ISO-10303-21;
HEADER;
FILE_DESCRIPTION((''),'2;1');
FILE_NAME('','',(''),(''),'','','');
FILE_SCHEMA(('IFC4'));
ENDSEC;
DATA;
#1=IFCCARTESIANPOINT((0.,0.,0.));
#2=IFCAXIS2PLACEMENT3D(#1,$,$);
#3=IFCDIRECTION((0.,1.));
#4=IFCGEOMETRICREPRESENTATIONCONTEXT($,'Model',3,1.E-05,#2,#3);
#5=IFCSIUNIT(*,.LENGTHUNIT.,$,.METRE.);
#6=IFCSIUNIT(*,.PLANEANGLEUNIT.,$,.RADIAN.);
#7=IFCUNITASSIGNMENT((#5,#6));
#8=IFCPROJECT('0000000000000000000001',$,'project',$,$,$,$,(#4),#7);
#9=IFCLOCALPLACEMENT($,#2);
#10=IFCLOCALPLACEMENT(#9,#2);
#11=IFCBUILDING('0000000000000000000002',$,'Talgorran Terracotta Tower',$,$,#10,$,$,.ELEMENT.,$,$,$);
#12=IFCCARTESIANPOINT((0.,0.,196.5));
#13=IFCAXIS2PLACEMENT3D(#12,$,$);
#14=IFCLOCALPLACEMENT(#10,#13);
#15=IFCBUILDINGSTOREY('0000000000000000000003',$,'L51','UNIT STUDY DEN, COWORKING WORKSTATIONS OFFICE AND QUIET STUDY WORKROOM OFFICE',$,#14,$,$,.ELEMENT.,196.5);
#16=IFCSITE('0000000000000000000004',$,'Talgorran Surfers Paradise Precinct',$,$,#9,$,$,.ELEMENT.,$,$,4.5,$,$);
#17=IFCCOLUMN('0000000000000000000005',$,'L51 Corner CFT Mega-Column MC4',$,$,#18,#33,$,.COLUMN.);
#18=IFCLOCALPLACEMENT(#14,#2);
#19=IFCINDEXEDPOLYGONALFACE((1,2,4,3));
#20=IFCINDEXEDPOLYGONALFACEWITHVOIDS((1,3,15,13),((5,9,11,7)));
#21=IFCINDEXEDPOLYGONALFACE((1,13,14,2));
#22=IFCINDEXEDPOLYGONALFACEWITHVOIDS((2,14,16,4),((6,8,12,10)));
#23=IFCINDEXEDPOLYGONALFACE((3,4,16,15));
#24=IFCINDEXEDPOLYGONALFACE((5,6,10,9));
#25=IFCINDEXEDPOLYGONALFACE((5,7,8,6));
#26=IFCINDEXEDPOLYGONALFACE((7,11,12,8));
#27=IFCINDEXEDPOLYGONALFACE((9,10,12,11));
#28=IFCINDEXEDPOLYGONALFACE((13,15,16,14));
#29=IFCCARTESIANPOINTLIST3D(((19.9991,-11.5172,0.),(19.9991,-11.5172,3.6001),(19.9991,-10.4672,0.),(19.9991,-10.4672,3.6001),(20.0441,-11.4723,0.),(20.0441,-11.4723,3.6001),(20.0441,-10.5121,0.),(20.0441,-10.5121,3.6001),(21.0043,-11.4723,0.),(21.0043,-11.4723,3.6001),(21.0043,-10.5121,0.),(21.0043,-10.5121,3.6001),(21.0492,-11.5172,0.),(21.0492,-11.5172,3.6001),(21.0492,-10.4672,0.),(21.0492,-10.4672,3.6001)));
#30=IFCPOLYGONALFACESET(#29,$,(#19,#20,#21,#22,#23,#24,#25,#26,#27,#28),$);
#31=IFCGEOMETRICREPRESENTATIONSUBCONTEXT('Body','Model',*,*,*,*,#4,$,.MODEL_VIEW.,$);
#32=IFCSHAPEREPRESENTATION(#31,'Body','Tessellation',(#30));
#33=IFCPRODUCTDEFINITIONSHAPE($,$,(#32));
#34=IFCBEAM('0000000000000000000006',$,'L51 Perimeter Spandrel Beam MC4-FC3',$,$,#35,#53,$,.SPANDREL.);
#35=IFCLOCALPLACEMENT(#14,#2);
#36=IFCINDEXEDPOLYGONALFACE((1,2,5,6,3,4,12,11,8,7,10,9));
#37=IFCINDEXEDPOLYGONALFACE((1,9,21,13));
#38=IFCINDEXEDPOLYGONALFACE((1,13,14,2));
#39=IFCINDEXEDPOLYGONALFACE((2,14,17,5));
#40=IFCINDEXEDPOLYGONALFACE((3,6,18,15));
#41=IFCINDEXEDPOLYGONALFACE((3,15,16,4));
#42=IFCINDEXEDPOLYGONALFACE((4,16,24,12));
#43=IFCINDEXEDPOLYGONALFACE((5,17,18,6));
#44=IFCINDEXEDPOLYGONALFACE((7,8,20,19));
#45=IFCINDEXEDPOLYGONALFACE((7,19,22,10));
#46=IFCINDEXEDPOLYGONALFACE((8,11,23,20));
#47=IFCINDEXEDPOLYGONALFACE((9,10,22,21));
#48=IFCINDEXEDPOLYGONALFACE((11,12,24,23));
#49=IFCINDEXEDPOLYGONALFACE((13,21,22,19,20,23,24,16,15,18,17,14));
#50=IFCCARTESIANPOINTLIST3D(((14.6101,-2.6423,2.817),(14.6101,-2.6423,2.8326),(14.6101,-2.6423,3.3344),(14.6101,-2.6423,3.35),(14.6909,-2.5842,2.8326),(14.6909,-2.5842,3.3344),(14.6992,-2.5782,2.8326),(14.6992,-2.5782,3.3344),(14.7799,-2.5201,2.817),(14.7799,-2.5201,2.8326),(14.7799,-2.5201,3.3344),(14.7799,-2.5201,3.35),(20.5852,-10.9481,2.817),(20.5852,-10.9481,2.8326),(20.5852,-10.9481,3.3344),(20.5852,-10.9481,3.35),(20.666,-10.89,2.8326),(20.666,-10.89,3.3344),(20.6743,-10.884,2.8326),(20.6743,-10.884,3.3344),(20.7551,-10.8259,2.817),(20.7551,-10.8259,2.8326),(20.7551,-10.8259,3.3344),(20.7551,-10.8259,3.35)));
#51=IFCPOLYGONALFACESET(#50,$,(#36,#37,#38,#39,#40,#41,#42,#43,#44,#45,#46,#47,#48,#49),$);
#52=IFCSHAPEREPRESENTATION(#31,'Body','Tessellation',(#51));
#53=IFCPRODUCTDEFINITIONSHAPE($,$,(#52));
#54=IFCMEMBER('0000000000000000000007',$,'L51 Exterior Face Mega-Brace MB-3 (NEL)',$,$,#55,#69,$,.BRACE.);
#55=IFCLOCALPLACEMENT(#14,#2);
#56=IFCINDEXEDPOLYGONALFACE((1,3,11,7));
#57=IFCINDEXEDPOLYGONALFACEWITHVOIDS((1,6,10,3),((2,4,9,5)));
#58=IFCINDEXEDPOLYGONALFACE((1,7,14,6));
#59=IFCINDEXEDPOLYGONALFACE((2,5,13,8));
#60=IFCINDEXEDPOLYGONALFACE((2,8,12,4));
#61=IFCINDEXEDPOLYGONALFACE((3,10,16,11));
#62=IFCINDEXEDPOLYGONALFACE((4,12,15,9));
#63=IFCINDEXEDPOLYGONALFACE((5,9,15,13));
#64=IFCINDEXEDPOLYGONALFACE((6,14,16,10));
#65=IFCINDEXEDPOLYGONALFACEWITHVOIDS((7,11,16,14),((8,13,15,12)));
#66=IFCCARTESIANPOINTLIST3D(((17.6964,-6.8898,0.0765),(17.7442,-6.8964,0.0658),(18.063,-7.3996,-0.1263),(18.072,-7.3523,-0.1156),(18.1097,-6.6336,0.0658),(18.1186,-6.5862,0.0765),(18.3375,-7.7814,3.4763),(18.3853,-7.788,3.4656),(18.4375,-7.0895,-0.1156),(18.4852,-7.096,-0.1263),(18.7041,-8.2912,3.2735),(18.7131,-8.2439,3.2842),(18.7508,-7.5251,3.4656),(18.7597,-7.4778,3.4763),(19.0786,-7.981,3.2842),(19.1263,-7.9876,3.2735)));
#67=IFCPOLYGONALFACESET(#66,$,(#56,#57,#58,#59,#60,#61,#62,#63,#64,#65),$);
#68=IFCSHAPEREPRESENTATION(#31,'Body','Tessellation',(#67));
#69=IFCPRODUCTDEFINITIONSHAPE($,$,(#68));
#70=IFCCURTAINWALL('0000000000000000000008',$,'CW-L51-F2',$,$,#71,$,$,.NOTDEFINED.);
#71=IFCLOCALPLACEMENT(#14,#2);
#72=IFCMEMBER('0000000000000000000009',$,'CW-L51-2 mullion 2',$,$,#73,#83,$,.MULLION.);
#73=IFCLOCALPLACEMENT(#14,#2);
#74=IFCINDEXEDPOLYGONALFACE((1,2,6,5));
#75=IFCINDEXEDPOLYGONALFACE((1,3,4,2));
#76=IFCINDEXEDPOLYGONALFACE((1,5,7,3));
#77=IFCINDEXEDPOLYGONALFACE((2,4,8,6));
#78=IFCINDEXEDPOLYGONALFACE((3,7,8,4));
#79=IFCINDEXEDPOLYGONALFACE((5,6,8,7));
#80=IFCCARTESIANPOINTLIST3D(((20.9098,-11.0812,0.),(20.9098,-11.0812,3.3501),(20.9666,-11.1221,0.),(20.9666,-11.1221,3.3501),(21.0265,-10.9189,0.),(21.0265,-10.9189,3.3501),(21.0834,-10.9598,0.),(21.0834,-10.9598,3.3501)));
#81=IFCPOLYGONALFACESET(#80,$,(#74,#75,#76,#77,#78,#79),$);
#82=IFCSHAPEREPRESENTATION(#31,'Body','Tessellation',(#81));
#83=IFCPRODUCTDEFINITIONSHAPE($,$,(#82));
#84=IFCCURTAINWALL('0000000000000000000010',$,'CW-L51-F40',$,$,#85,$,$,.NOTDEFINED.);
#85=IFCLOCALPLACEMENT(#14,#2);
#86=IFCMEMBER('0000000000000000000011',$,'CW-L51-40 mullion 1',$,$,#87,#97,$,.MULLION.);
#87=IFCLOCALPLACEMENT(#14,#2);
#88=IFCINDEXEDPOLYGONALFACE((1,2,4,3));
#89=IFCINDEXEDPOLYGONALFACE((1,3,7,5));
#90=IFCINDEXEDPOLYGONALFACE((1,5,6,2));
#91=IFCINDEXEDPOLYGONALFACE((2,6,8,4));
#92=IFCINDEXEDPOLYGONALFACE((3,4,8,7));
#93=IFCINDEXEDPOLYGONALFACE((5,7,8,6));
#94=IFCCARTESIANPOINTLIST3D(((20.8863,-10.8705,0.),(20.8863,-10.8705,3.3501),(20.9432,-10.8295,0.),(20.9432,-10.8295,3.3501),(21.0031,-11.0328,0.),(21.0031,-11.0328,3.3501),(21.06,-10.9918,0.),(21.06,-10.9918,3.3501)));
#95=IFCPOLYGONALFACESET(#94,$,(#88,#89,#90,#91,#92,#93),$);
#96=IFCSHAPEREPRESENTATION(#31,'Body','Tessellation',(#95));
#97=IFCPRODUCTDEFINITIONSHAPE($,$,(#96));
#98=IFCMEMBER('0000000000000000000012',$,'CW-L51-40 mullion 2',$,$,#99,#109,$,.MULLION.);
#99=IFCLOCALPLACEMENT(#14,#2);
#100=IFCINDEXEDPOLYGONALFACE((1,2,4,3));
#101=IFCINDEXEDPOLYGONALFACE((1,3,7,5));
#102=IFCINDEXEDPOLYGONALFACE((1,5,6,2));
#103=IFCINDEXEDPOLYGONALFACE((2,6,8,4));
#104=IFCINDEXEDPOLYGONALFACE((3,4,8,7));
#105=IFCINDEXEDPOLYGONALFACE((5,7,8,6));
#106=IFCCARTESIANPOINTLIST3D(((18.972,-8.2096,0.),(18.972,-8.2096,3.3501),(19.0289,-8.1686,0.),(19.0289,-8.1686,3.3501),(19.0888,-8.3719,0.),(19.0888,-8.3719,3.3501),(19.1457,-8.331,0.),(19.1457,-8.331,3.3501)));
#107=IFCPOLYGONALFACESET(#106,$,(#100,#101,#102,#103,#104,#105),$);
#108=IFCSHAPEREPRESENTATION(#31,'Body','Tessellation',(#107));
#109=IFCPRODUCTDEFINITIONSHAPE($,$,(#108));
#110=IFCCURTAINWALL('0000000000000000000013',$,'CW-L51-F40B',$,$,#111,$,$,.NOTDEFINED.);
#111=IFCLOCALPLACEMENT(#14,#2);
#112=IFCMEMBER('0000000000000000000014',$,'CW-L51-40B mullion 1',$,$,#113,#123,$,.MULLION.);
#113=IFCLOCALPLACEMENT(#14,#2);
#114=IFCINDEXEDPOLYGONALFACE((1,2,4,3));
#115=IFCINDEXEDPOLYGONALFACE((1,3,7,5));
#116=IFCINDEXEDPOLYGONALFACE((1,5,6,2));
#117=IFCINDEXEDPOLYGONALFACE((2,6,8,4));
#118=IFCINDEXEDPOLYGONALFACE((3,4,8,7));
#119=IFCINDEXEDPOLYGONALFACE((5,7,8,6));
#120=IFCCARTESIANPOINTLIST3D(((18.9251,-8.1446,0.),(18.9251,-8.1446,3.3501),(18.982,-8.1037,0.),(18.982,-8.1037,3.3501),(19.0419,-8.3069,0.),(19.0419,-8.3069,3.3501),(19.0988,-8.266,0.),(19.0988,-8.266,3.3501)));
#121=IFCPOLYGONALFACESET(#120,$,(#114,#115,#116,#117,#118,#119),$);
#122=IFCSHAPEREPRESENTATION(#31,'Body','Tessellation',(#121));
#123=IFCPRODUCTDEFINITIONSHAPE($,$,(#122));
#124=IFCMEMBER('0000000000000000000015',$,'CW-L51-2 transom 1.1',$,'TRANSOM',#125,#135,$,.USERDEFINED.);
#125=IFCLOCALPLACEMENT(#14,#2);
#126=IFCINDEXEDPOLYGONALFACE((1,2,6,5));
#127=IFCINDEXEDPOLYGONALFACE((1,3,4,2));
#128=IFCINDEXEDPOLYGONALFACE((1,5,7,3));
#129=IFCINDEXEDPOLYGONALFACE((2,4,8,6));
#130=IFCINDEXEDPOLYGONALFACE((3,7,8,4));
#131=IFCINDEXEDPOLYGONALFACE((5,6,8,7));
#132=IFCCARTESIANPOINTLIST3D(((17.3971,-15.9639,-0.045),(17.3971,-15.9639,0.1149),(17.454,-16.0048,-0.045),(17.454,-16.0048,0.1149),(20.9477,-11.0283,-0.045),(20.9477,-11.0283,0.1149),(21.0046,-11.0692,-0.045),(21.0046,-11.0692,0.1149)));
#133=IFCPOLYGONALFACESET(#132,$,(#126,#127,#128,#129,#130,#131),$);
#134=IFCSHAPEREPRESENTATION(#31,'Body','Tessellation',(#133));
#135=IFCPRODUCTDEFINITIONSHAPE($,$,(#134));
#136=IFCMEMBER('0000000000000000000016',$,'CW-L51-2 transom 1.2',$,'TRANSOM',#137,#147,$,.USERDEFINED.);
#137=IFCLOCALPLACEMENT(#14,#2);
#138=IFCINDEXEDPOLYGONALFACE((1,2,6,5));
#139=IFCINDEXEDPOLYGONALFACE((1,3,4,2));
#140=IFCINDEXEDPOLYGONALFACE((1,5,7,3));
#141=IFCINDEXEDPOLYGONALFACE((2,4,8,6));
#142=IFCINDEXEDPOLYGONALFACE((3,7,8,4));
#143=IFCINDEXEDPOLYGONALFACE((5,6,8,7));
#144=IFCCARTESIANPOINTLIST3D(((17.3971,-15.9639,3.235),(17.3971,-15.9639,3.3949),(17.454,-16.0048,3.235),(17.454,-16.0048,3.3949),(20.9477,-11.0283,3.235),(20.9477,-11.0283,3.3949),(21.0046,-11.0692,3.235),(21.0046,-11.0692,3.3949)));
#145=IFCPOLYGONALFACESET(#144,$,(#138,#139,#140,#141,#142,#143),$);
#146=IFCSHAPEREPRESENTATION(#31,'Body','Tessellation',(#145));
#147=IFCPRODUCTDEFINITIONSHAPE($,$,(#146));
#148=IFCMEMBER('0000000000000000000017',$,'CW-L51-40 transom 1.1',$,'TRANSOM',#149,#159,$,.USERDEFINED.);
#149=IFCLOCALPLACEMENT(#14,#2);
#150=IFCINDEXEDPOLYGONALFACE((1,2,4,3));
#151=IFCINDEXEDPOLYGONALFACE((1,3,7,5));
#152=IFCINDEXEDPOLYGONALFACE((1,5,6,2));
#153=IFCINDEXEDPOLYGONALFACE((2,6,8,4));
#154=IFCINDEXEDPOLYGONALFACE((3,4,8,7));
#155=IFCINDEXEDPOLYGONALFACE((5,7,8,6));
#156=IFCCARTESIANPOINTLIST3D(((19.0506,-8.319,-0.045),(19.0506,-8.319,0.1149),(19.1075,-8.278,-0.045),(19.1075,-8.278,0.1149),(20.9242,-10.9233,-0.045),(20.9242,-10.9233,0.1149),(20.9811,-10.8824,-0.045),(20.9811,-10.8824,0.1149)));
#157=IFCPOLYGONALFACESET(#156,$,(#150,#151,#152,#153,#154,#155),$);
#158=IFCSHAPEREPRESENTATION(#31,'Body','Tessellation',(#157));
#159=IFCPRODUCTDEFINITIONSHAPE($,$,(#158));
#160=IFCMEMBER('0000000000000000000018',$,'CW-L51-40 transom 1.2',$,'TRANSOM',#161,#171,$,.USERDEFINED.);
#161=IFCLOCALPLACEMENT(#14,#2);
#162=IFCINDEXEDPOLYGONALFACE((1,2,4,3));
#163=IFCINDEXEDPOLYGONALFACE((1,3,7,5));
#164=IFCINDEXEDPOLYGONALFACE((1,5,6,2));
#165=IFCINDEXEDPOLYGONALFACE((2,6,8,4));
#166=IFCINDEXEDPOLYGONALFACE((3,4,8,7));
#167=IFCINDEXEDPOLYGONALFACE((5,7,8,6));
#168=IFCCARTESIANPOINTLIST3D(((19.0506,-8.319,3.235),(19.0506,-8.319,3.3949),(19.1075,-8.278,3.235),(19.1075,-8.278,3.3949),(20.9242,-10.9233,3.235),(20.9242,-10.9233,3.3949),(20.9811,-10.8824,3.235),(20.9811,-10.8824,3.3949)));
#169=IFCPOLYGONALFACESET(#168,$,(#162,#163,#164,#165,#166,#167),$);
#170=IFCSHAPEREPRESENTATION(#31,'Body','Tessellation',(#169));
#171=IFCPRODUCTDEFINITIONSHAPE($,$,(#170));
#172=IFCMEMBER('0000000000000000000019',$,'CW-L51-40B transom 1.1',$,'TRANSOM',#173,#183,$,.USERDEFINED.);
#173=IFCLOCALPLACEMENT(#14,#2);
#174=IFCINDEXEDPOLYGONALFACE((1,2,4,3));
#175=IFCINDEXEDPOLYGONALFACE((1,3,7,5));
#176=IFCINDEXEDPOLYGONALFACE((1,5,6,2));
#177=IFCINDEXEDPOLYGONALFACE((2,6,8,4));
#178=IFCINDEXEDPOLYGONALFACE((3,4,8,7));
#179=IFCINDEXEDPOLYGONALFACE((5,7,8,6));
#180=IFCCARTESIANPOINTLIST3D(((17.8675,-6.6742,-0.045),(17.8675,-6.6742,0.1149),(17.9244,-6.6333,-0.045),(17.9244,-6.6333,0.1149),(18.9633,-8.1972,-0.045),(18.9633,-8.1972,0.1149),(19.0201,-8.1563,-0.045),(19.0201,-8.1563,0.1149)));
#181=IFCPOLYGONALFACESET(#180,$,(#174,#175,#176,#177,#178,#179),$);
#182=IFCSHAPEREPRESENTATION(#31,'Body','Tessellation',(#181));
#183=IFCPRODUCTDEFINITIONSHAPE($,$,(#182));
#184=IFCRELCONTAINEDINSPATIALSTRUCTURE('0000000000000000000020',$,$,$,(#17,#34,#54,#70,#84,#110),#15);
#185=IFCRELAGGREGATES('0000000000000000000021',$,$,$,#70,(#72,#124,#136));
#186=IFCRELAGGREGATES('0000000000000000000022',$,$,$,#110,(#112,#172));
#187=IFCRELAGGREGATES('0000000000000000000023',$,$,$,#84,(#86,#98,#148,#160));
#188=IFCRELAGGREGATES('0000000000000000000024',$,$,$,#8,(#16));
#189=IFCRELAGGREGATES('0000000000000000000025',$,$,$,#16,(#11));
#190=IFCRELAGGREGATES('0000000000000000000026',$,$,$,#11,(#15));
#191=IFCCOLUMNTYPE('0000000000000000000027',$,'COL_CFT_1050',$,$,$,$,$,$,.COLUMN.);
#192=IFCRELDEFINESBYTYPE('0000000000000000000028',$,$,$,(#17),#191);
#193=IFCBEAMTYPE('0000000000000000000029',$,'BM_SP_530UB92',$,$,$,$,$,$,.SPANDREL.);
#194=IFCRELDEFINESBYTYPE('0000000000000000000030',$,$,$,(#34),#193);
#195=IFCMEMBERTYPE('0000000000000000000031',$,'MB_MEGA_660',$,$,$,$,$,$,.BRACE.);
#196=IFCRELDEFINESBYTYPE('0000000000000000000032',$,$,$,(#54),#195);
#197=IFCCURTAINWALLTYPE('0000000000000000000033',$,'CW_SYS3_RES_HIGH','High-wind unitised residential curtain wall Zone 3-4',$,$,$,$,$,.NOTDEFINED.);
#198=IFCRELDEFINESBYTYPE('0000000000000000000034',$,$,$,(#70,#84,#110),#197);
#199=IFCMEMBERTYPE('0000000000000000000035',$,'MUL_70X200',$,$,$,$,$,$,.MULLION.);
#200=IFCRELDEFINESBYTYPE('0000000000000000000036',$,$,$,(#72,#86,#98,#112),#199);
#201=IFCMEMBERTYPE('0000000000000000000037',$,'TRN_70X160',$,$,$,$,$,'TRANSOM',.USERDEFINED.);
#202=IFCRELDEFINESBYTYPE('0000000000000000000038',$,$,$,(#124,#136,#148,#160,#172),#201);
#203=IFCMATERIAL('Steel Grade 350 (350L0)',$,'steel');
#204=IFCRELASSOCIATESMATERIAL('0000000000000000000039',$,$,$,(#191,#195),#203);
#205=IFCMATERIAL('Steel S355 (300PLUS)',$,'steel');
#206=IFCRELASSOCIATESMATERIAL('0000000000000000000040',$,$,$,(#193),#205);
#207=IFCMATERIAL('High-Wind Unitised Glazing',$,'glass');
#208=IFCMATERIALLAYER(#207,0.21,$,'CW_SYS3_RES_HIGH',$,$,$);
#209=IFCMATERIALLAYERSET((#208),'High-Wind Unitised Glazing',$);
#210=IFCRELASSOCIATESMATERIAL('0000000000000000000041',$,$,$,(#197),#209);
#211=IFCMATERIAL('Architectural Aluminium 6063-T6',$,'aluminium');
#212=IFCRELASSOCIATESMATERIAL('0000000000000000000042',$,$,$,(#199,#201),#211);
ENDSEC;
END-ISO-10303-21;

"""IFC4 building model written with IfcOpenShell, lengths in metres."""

from ifc_helpers import new_model, si_unit, direction, frame, origin, origin_2d, place, context, subcontext, project, spatial, rectangle, hollow_rectangle, i_section, extrude, material, layer, layer_set, material_profile, profile_set, type_object, element, aggregate, save


model = new_model("IFC4")

# Units and contexts
model_context = context("Model", 3, precision=1e-05, world=origin(), true_north=direction((0.0, 1.0)))
body_context = subcontext(model_context, "Body", "Model", "MODEL_VIEW")
ifc_project = project(units=[si_unit("LENGTHUNIT", "METRE"), si_unit("PLANEANGLEUNIT", "RADIAN")], contexts=[model_context])

# Site, building, storey
site_placement = place(None, origin())
site = spatial("IfcSite", under=ifc_project, at=site_placement, Name="Talgorran Surfers Paradise Precinct", CompositionType="ELEMENT", RefElevation=4.5)
building_placement = place(site_placement, origin())
building = spatial("IfcBuilding", under=site, at=building_placement, Name="Talgorran Terracotta Tower", CompositionType="ELEMENT")
storey_placement = place(building_placement, frame((0.0, 0.0, 196.5)))
storey = spatial("IfcBuildingStorey", under=building, at=storey_placement, Name="L51", Description="UNIT STUDY DEN, COWORKING WORKSTATIONS OFFICE AND QUIET STUDY WORKROOM OFFICE", CompositionType="ELEMENT", Elevation=196.5)

# Column
ifc_material_1 = material(Name="Steel Grade 350 (350L0)", Category="steel")
ifc_material_profile_1 = material_profile(ifc_material_1, hollow_rectangle(XDim=1.05, YDim=1.05, WallThickness=0.0449, at=origin_2d()), Name="CFT1050X1050X45")
ifc_profile_set_1 = profile_set([ifc_material_profile_1], Name="Steel Grade 350 (350L0)")
column_type = type_object("IfcColumnType", Name="COL_CFT_1050", PredefinedType="COLUMN", material=ifc_profile_set_1)
column_placement = place(storey_placement, frame((20.5242, -10.9922, 0.0), z_axis=(0.0, 0.0, 1.0), x_axis=(1.0, 0.0, 0.0)))
element("IfcColumn", 1, at=column_placement, inside=storey, type_object=column_type, Name="L51 Corner CFT Mega-Column MC4", PredefinedType="COLUMN", context=body_context, shape_type="SweptSolid", body=[
    extrude(hollow_rectangle(XDim=1.05, YDim=1.05, WallThickness=0.0449, at=origin_2d()), origin(), (0.0, 0.0, 1.0), 3.6001),
])

# Beam
ifc_material_2 = material(Name="Steel S355 (300PLUS)", Category="steel")
ifc_material_profile_2 = material_profile(ifc_material_2, i_section(OverallWidth=0.2092, OverallDepth=0.533, WebThickness=0.0103, FlangeThickness=0.0156, at=origin_2d()), Name="530UB92.4")
ifc_profile_set_2 = profile_set([ifc_material_profile_2], Name="Steel S355 (300PLUS)")
beam_type = type_object("IfcBeamType", Name="BM_SP_530UB92", PredefinedType="SPANDREL", material=ifc_profile_set_2)
beam_placement = place(storey_placement, frame((20.6702, -10.887, 3.0835), z_axis=(-0.583984, 0.811765, 0.0), x_axis=(-0.811765, -0.583984, 0.0)))
element("IfcBeam", 2, at=beam_placement, inside=storey, type_object=beam_type, Name="L51 Perimeter Spandrel Beam MC4-FC3", PredefinedType="SPANDREL", context=body_context, shape_type="SweptSolid", body=[
    extrude(i_section(OverallWidth=0.2092, OverallDepth=0.533, WebThickness=0.0103, FlangeThickness=0.0156, at=origin_2d()), origin(), (0.0, 0.0, 1.0), 10.2317),
])

# Member
ifc_material_profile_3 = material_profile(ifc_material_1, hollow_rectangle(XDim=0.52, YDim=0.6599, WallThickness=0.0349, at=origin_2d()), Name="WBOX660X520X35")
ifc_profile_set_3 = profile_set([ifc_material_profile_3], Name="Steel Grade 350 (350L0)")
member_type_1 = type_object("IfcMemberType", Name="MB_MEGA_660", PredefinedType="BRACE", material=ifc_profile_set_3)
member_1_placement = place(storey_placement, frame((18.0908, -6.9929, -0.0249), z_axis=(0.17944, -0.249549, 0.951592), x_axis=(0.811897, 0.583801, 0.0)))
element("IfcMember", 3, at=member_1_placement, inside=storey, type_object=member_type_1, Name="L51 Exterior Face Mega-Brace MB-3 (NEL)", PredefinedType="BRACE", context=body_context, shape_type="SweptSolid", body=[
    extrude(hollow_rectangle(XDim=0.52, YDim=0.6599, WallThickness=0.0349, at=origin_2d()), origin(), (0.0, 0.0, 1.0), 3.5728),
])

# Curtain wall, member
ifc_material_3 = material(Name="High-Wind Unitised Glazing", Category="glass")
ifc_layer_1 = layer(ifc_material_3, 0.21, Name="CW_SYS3_RES_HIGH")
ifc_layer_set_1 = layer_set([ifc_layer_1], Name="High-Wind Unitised Glazing")
curtain_wall_type = type_object("IfcCurtainWallType", Name="CW_SYS3_RES_HIGH", Description="High-wind unitised residential curtain wall Zone 3-4", PredefinedType="NOTDEFINED", material=ifc_layer_set_1)
curtain_wall_1_placement = place(storey_placement, origin())
curtain_wall_1 = element("IfcCurtainWall", 4, at=curtain_wall_1_placement, inside=storey, type_object=curtain_wall_type, Name="CW-L51-F2", PredefinedType="NOTDEFINED")
ifc_material_4 = material(Name="Architectural Aluminium 6063-T6", Category="aluminium")
ifc_material_profile_4 = material_profile(ifc_material_4, rectangle(XDim=0.0701, YDim=0.2, at=origin_2d()), Name="CWM70X200")
ifc_profile_set_4 = profile_set([ifc_material_profile_4], Name="Architectural Aluminium 6063-T6")
member_type_2 = type_object("IfcMemberType", Name="MUL_70X200", PredefinedType="MULLION", material=ifc_profile_set_4)
member_2_placement = place(storey_placement, frame((20.9966, -11.0205, 0.0), z_axis=(0.0, 0.0, 1.0), x_axis=(-0.811769, 0.583979, 0.0)))
member_2 = element("IfcMember", 5, at=member_2_placement, type_object=member_type_2, Name="CW-L51-2 mullion 2", PredefinedType="MULLION", context=body_context, shape_type="SweptSolid", body=[
    extrude(rectangle(XDim=0.0701, YDim=0.2, at=origin_2d()), origin(), (0.0, 0.0, 1.0), 3.3501),
])

# Curtain wall, members
curtain_wall_2_placement = place(storey_placement, origin())
curtain_wall_2 = element("IfcCurtainWall", 6, at=curtain_wall_2_placement, inside=storey, type_object=curtain_wall_type, Name="CW-L51-F40", PredefinedType="NOTDEFINED")
member_3_placement = place(storey_placement, frame((20.9731, -10.9312, 0.0), z_axis=(0.0, 0.0, 1.0), x_axis=(-0.811763, -0.583987, 0.0)))
member_3 = element("IfcMember", 7, at=member_3_placement, type_object=member_type_2, Name="CW-L51-40 mullion 1", PredefinedType="MULLION", context=body_context, shape_type="SweptSolid", body=[
    extrude(rectangle(XDim=0.0701, YDim=0.2, at=origin_2d()), origin(), (0.0, 0.0, 1.0), 3.3501),
])
member_4_placement = place(storey_placement, frame((19.0588, -8.2703, 0.0), z_axis=(0.0, 0.0, 1.0), x_axis=(-0.811763, -0.583987, 0.0)))
member_4 = element("IfcMember", 8, at=member_4_placement, type_object=member_type_2, Name="CW-L51-40 mullion 2", PredefinedType="MULLION", context=body_context, shape_type="SweptSolid", body=[
    extrude(rectangle(XDim=0.0701, YDim=0.2, at=origin_2d()), origin(), (0.0, 0.0, 1.0), 3.3501),
])

# Curtain wall, member
curtain_wall_3_placement = place(storey_placement, origin())
curtain_wall_3 = element("IfcCurtainWall", 9, at=curtain_wall_3_placement, inside=storey, type_object=curtain_wall_type, Name="CW-L51-F40B", PredefinedType="NOTDEFINED")
member_5_placement = place(storey_placement, frame((19.012, -8.2053, 0.0), z_axis=(0.0, 0.0, 1.0), x_axis=(-0.811775, -0.58397, 0.0)))
member_5 = element("IfcMember", 10, at=member_5_placement, type_object=member_type_2, Name="CW-L51-40B mullion 1", PredefinedType="MULLION", context=body_context, shape_type="SweptSolid", body=[
    extrude(rectangle(XDim=0.0701, YDim=0.2, at=origin_2d()), origin(), (0.0, 0.0, 1.0), 3.3501),
])

# Members
ifc_material_profile_5 = material_profile(ifc_material_4, rectangle(XDim=0.0701, YDim=0.1599, at=origin_2d()), Name="CWT70X160")
ifc_profile_set_5 = profile_set([ifc_material_profile_5], Name="Architectural Aluminium 6063-T6")
member_type_3 = type_object("IfcMemberType", Name="TRN_70X160", ElementType="TRANSOM", PredefinedType="USERDEFINED", material=ifc_profile_set_5)
member_6_placement = place(storey_placement, frame((17.4255, -15.9844, 0.0349), z_axis=(0.583974, 0.811773, 0.0), x_axis=(-0.811773, 0.583974, 0.0)))
member_6 = element("IfcMember", 11, at=member_6_placement, type_object=member_type_3, Name="CW-L51-2 transom 1.1", ObjectType="TRANSOM", PredefinedType="USERDEFINED", context=body_context, shape_type="SweptSolid", body=[
    extrude(rectangle(XDim=0.0701, YDim=0.1599, at=origin_2d()), origin(), (0.0, 0.0, 1.0), 6.0801),
])
member_7_placement = place(storey_placement, frame((17.4255, -15.9844, 3.3149), z_axis=(0.583974, 0.811773, 0.0), x_axis=(-0.811773, 0.583974, 0.0)))
member_7 = element("IfcMember", 12, at=member_7_placement, type_object=member_type_3, Name="CW-L51-2 transom 1.2", ObjectType="TRANSOM", PredefinedType="USERDEFINED", context=body_context, shape_type="SweptSolid", body=[
    extrude(rectangle(XDim=0.0701, YDim=0.1599, at=origin_2d()), origin(), (0.0, 0.0, 1.0), 6.0801),
])
member_8_placement = place(storey_placement, frame((20.9526, -10.9028, 0.0349), z_axis=(-0.583992, 0.811759, 0.0), x_axis=(-0.811759, -0.583992, 0.0)))
member_8 = element("IfcMember", 13, at=member_8_placement, type_object=member_type_3, Name="CW-L51-40 transom 1.1", ObjectType="TRANSOM", PredefinedType="USERDEFINED", context=body_context, shape_type="SweptSolid", body=[
    extrude(rectangle(XDim=0.0701, YDim=0.1599, at=origin_2d()), origin(), (0.0, 0.0, 1.0), 3.2083),
])
member_9_placement = place(storey_placement, frame((20.9526, -10.9028, 3.3149), z_axis=(-0.583992, 0.811759, 0.0), x_axis=(-0.811759, -0.583992, 0.0)))
member_9 = element("IfcMember", 14, at=member_9_placement, type_object=member_type_3, Name="CW-L51-40 transom 1.2", ObjectType="TRANSOM", PredefinedType="USERDEFINED", context=body_context, shape_type="SweptSolid", body=[
    extrude(rectangle(XDim=0.0701, YDim=0.1599, at=origin_2d()), origin(), (0.0, 0.0, 1.0), 3.2083),
])
member_10_placement = place(storey_placement, frame((18.9917, -8.1768, 0.0349), z_axis=(-0.584017, 0.811742, 0.0), x_axis=(-0.811742, -0.584017, 0.0)))
member_10 = element("IfcMember", 15, at=member_10_placement, type_object=member_type_3, Name="CW-L51-40B transom 1.1", ObjectType="TRANSOM", PredefinedType="USERDEFINED", context=body_context, shape_type="SweptSolid", body=[
    extrude(rectangle(XDim=0.0701, YDim=0.1599, at=origin_2d()), origin(), (0.0, 0.0, 1.0), 1.8762),
])

aggregate(curtain_wall_1, [member_2, member_6, member_7])
aggregate(curtain_wall_3, [member_5, member_10])
aggregate(curtain_wall_2, [member_3, member_4, member_8, member_9])

save(model, "model.ifc")
